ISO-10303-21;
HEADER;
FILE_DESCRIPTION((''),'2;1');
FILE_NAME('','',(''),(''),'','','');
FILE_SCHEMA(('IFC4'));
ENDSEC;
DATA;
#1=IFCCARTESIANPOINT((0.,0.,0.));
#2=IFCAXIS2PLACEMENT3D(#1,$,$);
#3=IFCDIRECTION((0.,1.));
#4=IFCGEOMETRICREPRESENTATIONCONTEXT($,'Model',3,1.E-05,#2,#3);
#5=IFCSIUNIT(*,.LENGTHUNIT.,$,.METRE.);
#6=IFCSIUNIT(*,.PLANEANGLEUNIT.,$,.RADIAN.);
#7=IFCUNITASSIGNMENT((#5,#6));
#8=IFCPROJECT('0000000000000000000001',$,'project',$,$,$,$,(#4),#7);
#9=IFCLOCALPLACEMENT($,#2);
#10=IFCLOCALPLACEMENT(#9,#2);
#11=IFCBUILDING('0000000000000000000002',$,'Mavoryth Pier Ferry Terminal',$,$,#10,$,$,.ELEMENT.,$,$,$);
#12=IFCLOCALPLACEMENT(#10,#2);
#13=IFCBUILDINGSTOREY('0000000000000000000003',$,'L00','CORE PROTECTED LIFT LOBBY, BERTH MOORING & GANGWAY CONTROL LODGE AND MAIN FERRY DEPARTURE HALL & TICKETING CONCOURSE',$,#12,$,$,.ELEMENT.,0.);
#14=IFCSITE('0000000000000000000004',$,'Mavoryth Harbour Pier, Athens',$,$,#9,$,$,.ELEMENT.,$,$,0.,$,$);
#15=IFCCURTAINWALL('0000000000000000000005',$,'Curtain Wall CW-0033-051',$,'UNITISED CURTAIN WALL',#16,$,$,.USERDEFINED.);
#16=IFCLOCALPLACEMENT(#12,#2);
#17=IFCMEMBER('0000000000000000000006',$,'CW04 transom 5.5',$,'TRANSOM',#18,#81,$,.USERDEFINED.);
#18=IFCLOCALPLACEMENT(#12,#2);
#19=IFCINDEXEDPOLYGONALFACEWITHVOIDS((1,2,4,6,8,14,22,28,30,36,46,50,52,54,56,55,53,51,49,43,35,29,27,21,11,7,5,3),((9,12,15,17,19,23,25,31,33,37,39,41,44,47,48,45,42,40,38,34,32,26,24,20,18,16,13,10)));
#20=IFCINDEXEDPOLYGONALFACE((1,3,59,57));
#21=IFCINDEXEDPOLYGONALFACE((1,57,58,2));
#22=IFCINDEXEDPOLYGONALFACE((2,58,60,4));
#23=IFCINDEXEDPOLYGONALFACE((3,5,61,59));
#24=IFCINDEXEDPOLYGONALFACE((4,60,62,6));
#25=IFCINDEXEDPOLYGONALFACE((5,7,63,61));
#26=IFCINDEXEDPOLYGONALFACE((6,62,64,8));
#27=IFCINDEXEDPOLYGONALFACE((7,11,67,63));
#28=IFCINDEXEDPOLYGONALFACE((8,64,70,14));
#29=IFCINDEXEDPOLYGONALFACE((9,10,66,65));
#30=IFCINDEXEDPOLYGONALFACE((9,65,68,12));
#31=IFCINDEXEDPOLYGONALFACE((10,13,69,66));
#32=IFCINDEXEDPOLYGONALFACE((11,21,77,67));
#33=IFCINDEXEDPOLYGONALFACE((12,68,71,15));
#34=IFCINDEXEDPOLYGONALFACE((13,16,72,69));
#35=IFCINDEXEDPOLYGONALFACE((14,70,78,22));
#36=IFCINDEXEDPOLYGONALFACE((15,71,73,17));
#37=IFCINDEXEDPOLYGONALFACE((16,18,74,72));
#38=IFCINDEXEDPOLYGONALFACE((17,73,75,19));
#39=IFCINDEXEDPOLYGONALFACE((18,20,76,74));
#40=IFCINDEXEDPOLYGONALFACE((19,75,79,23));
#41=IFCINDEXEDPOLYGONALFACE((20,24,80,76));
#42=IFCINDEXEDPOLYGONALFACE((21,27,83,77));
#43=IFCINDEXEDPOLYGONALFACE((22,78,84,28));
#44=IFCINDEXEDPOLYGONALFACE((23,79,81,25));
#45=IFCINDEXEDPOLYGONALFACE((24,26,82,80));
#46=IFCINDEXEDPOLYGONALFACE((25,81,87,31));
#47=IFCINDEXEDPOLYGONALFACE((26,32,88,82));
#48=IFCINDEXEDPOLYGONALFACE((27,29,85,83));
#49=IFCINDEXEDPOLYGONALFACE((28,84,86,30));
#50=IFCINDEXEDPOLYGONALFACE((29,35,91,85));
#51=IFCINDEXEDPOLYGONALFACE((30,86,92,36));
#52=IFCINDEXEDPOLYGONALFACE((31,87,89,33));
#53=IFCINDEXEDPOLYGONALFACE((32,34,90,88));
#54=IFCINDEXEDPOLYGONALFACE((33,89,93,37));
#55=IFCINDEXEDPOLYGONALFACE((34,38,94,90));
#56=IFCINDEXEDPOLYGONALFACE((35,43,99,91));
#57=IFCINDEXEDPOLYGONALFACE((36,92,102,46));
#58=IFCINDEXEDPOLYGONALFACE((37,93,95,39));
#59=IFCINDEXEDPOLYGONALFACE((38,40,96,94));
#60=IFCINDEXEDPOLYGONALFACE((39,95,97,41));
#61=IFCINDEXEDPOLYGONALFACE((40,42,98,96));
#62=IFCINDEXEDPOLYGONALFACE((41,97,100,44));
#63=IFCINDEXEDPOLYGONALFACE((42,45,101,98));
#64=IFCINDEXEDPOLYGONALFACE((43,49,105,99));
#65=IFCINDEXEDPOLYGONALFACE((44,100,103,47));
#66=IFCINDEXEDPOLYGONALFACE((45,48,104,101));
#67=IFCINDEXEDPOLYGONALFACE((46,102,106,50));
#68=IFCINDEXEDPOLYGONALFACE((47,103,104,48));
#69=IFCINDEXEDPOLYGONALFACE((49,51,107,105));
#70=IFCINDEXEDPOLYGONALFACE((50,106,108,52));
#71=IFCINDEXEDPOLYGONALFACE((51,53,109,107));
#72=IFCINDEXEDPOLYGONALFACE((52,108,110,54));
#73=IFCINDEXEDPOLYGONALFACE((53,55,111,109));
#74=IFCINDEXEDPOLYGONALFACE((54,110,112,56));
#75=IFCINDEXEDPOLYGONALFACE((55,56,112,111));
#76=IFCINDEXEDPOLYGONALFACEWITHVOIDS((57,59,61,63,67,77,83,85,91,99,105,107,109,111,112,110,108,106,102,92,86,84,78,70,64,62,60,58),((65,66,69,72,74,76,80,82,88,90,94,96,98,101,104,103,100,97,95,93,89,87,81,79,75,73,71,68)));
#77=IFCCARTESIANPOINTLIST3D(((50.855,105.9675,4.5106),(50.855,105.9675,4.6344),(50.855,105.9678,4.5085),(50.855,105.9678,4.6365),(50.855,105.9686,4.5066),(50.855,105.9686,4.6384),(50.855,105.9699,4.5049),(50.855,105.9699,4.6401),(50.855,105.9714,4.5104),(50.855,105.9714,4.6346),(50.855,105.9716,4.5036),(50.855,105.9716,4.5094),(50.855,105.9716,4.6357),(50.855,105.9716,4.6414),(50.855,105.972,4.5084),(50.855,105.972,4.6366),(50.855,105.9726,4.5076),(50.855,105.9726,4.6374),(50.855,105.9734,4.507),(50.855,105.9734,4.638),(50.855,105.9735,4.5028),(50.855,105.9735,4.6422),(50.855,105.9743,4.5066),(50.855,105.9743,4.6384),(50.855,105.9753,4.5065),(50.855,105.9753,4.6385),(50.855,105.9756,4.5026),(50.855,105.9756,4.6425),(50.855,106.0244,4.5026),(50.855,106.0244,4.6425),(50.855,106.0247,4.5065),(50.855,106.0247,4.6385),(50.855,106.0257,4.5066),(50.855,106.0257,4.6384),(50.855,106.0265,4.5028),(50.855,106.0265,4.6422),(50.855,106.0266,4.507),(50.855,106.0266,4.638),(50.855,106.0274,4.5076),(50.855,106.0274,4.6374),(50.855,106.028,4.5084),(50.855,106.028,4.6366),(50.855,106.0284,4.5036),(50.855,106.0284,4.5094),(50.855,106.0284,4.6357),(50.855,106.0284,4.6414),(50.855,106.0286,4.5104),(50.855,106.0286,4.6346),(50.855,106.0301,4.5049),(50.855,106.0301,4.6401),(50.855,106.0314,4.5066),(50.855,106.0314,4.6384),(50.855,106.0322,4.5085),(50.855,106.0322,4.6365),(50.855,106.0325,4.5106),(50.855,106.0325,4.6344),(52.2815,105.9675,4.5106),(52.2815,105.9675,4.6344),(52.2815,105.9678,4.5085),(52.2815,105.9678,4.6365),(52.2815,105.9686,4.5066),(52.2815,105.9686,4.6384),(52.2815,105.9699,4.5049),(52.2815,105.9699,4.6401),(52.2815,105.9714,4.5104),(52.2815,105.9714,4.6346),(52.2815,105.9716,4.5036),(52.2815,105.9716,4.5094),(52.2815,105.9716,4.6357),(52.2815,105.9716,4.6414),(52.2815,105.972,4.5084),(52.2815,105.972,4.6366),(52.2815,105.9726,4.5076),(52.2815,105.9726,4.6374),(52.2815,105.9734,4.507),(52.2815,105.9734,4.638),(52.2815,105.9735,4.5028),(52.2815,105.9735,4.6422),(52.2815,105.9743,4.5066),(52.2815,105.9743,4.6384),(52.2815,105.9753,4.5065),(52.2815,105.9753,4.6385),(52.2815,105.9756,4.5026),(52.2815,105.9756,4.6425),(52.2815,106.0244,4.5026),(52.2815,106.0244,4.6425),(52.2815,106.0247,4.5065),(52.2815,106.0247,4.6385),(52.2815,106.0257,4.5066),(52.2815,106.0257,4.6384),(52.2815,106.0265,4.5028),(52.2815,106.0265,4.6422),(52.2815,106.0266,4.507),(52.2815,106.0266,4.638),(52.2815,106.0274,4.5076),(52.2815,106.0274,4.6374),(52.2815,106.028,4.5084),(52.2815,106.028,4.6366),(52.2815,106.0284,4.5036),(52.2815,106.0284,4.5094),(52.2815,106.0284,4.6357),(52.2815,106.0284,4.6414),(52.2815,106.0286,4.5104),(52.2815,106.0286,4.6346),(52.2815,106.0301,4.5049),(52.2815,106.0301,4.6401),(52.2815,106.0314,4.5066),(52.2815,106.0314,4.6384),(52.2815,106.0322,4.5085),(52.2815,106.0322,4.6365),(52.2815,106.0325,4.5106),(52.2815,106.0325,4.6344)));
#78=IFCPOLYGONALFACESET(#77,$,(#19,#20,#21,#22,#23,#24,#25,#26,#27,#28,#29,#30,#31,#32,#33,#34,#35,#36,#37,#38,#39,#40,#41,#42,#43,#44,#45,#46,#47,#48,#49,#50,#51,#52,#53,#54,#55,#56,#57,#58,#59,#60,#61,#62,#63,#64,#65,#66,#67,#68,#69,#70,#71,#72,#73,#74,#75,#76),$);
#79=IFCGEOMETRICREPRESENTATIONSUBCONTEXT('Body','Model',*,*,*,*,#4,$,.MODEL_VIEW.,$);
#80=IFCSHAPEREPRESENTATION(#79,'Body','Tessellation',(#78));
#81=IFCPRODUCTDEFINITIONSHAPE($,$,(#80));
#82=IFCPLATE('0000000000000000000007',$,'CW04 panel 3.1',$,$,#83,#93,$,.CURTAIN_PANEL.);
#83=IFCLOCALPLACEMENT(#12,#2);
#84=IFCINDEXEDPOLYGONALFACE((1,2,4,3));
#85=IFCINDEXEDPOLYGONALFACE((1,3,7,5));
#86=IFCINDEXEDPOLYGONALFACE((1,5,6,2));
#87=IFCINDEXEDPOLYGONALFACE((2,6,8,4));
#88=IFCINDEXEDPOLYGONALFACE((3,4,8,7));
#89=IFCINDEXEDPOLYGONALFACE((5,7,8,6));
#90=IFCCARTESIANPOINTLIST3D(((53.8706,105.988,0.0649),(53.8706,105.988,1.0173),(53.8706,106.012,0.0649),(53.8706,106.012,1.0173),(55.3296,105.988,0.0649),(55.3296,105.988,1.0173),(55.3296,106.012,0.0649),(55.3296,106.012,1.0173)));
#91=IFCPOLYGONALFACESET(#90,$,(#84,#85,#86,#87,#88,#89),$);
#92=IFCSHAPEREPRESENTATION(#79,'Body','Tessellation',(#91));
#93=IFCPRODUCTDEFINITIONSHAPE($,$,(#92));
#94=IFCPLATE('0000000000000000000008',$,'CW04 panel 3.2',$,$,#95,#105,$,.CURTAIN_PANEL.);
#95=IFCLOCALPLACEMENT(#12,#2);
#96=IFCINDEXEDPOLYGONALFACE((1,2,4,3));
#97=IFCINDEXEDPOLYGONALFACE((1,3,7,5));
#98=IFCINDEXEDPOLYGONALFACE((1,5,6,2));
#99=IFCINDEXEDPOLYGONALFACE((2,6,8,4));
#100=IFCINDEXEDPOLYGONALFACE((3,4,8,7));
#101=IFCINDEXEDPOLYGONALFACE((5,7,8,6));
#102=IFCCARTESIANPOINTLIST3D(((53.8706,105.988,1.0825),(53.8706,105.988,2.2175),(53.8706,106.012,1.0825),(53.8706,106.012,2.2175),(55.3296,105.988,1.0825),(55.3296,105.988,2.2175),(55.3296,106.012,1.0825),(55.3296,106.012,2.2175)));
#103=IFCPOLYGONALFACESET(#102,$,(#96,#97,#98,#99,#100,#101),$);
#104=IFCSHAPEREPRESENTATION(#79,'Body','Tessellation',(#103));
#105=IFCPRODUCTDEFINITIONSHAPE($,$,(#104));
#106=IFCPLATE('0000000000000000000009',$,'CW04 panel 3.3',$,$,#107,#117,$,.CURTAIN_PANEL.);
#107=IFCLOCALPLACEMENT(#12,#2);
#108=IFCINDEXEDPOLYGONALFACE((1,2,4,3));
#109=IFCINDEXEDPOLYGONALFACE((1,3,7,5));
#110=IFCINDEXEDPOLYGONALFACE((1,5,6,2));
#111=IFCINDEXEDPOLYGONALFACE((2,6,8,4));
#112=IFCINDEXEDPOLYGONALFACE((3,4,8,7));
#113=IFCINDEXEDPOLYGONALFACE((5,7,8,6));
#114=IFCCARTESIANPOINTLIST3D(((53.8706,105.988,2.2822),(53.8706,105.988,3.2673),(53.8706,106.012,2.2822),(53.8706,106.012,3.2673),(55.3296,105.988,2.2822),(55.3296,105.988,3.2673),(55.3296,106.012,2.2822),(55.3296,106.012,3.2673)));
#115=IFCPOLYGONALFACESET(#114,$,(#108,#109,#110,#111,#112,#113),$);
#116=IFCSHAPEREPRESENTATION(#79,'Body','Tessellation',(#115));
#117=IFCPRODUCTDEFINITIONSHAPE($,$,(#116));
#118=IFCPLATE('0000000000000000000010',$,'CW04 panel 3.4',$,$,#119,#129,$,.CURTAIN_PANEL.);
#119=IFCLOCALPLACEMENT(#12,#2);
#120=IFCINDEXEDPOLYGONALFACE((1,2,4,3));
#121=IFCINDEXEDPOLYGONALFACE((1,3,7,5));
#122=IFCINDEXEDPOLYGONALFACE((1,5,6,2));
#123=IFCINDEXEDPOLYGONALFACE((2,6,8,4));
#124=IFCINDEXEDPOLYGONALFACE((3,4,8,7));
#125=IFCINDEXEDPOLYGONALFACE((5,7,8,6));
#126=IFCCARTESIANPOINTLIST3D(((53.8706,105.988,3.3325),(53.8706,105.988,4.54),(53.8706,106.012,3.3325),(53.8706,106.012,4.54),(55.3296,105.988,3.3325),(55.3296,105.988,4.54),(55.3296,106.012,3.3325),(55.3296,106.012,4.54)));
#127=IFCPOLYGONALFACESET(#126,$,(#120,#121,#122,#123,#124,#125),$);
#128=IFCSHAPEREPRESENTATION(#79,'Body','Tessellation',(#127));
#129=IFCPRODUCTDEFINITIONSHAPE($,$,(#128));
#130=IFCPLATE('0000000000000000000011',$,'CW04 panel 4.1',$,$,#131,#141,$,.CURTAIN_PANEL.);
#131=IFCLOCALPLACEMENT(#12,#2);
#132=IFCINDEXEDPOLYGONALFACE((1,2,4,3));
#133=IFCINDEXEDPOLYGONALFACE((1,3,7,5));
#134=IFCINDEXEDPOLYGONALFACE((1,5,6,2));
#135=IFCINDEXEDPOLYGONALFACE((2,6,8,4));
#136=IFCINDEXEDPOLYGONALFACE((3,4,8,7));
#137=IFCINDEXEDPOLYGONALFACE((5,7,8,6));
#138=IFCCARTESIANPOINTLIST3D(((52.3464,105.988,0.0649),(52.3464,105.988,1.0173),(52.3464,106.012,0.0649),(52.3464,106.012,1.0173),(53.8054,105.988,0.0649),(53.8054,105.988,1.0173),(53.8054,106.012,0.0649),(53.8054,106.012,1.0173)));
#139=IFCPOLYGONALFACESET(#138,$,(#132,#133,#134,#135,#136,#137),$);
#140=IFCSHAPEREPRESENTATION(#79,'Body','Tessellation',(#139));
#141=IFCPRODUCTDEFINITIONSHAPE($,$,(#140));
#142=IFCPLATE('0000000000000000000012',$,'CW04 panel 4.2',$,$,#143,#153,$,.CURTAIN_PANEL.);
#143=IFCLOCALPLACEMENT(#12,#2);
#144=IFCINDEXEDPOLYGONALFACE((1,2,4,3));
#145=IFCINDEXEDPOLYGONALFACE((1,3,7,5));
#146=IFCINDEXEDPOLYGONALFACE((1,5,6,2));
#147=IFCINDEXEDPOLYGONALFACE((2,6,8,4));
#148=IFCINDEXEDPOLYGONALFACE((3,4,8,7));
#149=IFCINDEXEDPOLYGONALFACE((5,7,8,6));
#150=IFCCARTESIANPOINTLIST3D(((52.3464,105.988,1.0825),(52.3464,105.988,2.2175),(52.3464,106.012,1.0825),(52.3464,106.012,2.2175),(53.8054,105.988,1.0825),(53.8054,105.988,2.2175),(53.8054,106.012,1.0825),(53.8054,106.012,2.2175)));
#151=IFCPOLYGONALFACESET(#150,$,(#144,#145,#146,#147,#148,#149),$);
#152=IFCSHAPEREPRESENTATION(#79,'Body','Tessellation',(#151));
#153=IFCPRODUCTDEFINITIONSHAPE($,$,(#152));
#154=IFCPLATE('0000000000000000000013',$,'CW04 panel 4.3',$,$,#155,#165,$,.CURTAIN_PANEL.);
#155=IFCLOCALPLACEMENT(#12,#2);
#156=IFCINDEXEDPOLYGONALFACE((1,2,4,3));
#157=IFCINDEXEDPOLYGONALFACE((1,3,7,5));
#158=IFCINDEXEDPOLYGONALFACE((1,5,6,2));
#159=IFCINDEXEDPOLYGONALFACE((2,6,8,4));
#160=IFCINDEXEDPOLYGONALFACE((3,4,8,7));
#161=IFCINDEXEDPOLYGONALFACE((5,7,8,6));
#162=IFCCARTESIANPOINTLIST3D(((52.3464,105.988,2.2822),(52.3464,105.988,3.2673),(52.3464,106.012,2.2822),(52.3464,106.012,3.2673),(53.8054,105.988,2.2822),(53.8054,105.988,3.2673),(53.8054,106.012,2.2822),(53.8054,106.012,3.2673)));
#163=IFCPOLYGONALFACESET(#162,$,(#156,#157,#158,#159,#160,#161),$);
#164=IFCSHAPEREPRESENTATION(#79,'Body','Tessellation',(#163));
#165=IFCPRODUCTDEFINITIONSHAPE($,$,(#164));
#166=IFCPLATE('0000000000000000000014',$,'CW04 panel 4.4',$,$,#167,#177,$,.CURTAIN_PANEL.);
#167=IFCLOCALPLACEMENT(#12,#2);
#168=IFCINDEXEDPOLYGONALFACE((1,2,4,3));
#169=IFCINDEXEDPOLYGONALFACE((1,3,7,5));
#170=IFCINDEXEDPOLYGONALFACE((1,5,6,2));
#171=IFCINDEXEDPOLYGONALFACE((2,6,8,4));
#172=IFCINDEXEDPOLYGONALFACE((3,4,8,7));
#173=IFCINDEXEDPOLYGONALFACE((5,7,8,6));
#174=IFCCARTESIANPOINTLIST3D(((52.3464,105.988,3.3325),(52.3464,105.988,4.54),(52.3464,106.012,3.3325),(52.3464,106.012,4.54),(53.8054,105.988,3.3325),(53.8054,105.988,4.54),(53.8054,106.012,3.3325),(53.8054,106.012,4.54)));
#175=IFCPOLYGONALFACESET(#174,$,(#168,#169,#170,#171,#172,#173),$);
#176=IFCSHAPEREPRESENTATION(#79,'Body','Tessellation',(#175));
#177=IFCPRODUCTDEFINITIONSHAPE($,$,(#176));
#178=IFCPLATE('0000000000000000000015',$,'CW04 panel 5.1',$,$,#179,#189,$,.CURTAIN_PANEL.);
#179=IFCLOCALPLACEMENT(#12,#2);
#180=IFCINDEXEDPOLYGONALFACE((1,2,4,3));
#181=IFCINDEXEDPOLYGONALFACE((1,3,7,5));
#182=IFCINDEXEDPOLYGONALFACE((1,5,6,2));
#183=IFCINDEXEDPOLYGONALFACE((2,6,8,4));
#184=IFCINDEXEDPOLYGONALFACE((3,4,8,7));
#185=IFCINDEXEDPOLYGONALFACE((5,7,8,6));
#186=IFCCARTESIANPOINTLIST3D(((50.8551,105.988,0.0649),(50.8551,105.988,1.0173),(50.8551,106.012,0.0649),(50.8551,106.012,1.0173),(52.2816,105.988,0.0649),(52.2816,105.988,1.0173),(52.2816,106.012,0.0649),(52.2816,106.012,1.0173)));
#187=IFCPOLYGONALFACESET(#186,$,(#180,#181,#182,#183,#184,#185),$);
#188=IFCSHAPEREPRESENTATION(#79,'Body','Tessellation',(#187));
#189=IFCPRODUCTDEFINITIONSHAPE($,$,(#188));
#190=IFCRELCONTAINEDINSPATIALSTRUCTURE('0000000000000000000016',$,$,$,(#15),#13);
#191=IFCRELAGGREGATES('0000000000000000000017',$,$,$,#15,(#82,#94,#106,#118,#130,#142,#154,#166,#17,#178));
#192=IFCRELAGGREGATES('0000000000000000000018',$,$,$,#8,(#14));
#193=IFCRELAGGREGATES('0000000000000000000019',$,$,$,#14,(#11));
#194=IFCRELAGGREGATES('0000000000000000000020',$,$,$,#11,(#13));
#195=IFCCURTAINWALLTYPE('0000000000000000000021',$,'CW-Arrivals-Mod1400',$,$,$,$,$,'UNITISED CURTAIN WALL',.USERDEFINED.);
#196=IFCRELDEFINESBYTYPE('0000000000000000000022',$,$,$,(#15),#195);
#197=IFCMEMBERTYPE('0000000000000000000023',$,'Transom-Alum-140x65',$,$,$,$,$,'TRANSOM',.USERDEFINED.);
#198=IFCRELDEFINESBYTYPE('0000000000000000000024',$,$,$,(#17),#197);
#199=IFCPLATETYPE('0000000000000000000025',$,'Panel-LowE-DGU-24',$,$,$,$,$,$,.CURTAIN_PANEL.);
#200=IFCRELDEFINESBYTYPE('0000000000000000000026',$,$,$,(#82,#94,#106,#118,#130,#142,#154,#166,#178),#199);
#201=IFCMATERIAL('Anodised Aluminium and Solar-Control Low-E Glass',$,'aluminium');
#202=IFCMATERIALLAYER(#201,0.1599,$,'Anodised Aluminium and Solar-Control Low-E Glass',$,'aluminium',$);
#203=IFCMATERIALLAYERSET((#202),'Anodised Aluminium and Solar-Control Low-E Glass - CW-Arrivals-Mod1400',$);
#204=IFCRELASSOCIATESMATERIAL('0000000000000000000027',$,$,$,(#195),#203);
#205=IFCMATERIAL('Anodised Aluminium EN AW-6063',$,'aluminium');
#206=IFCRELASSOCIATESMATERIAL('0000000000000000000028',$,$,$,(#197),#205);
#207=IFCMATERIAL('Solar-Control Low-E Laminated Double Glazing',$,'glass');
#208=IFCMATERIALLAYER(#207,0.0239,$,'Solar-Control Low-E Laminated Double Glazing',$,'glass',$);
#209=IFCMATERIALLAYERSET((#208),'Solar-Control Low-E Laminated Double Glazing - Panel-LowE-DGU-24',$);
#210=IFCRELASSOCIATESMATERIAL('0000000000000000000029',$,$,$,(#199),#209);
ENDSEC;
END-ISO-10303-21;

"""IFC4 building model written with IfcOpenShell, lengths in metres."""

from ifc_helpers import new_model, si_unit, direction, frame, origin, origin_2d, place, context, subcontext, project, spatial, rectangle, hollow_rectangle, extrude, material, layer, layer_set, material_profile, profile_set, type_object, element, aggregate, save


model = new_model("IFC4")

# Units and contexts
model_context = context("Model", 3, precision=1e-05, world=origin(), true_north=direction((0.0, 1.0)))
body_context = subcontext(model_context, "Body", "Model", "MODEL_VIEW")
ifc_project = project(units=[si_unit("LENGTHUNIT", "METRE"), si_unit("PLANEANGLEUNIT", "RADIAN")], contexts=[model_context])

# Site, building, storey
site_placement = place(None, origin())
site = spatial("IfcSite", under=ifc_project, at=site_placement, Name="Mavoryth Harbour Pier, Athens", CompositionType="ELEMENT", RefElevation=0.0)
building_placement = place(site_placement, origin())
building = spatial("IfcBuilding", under=site, at=building_placement, Name="Mavoryth Pier Ferry Terminal", CompositionType="ELEMENT")
storey_placement = place(building_placement, origin())
storey = spatial("IfcBuildingStorey", under=building, at=storey_placement, Name="L00", Description="CORE PROTECTED LIFT LOBBY, BERTH MOORING & GANGWAY CONTROL LODGE AND MAIN FERRY DEPARTURE HALL & TICKETING CONCOURSE", CompositionType="ELEMENT", Elevation=0.0)

# Curtain wall, member, plates
ifc_material_1 = material(Name="Anodised Aluminium and Solar-Control Low-E Glass", Category="aluminium")
ifc_layer_1 = layer(ifc_material_1, 0.1599, Name="Anodised Aluminium and Solar-Control Low-E Glass", Category="aluminium")
ifc_layer_set_1 = layer_set([ifc_layer_1], Name="Anodised Aluminium and Solar-Control Low-E Glass - CW-Arrivals-Mod1400")
curtain_wall_type = type_object("IfcCurtainWallType", Name="CW-Arrivals-Mod1400", ElementType="UNITISED CURTAIN WALL", PredefinedType="USERDEFINED", material=ifc_layer_set_1)
curtain_wall_placement = place(storey_placement, origin())
curtain_wall = element("IfcCurtainWall", 1, at=curtain_wall_placement, inside=storey, type_object=curtain_wall_type, Name="Curtain Wall CW-0033-051", ObjectType="UNITISED CURTAIN WALL", PredefinedType="USERDEFINED")
ifc_material_2 = material(Name="Anodised Aluminium EN AW-6063", Category="aluminium")
ifc_material_profile_1 = material_profile(ifc_material_2, hollow_rectangle(XDim=0.0649, YDim=0.1399, WallThickness=0.0039, InnerFilletRadius=0.0039, OuterFilletRadius=0.0081, at=origin_2d()), Name="AL-TRAN 140x65x4", Category="aluminium")
ifc_profile_set_1 = profile_set([ifc_material_profile_1], Name="Anodised Aluminium EN AW-6063 - AL-TRAN 140x65x4")
member_type_1 = type_object("IfcMemberType", Name="Transom-Alum-140x65", ElementType="TRANSOM", PredefinedType="USERDEFINED", material=ifc_profile_set_1)
member_1_placement = place(storey_placement, frame((52.2815, 106.0, 4.5725), z_axis=(-1.0, 0.0, 0.0), x_axis=(0.0, -1.0, 0.0)))
member_1 = element("IfcMember", 2, at=member_1_placement, type_object=member_type_1, Name="CW04 transom 5.5", ObjectType="TRANSOM", PredefinedType="USERDEFINED", context=body_context, shape_type="SweptSolid", body=[
    extrude(hollow_rectangle(XDim=0.0649, YDim=0.1399, WallThickness=0.0039, InnerFilletRadius=0.0039, OuterFilletRadius=0.0081, at=origin_2d()), origin(), (0.0, 0.0, 1.0), 1.4265),
])
ifc_material_3 = material(Name="Solar-Control Low-E Laminated Double Glazing", Category="glass")
ifc_layer_2 = layer(ifc_material_3, 0.0239, Name="Solar-Control Low-E Laminated Double Glazing", Category="glass")
ifc_layer_set_2 = layer_set([ifc_layer_2], Name="Solar-Control Low-E Laminated Double Glazing - Panel-LowE-DGU-24")
plate_type = type_object("IfcPlateType", Name="Panel-LowE-DGU-24", PredefinedType="CURTAIN_PANEL", material=ifc_layer_set_2)
plate_1_placement = place(storey_placement, frame((54.6001, 106.0, 0.0649), z_axis=(0.0, 0.0, 1.0), x_axis=(-1.0, 0.0, 0.0)))
plate_1 = element("IfcPlate", 3, at=plate_1_placement, type_object=plate_type, Name="CW04 panel 3.1", PredefinedType="CURTAIN_PANEL", context=body_context, shape_type="SweptSolid", body=[
    extrude(rectangle(XDim=1.459, YDim=0.0239, at=origin_2d()), origin(), (0.0, 0.0, 1.0), 0.9524),
])
plate_2_placement = place(storey_placement, frame((54.6001, 106.0, 1.0825), z_axis=(0.0, 0.0, 1.0), x_axis=(-1.0, 0.0, 0.0)))
plate_2 = element("IfcPlate", 4, at=plate_2_placement, type_object=plate_type, Name="CW04 panel 3.2", PredefinedType="CURTAIN_PANEL", context=body_context, shape_type="SweptSolid", body=[
    extrude(rectangle(XDim=1.459, YDim=0.0239, at=origin_2d()), origin(), (0.0, 0.0, 1.0), 1.135),
])
plate_3_placement = place(storey_placement, frame((54.6001, 106.0, 2.2822), z_axis=(0.0, 0.0, 1.0), x_axis=(-1.0, 0.0, 0.0)))
plate_3 = element("IfcPlate", 5, at=plate_3_placement, type_object=plate_type, Name="CW04 panel 3.3", PredefinedType="CURTAIN_PANEL", context=body_context, shape_type="SweptSolid", body=[
    extrude(rectangle(XDim=1.459, YDim=0.0239, at=origin_2d()), origin(), (0.0, 0.0, 1.0), 0.9851),
])
plate_4_placement = place(storey_placement, frame((54.6001, 106.0, 3.3325), z_axis=(0.0, 0.0, 1.0), x_axis=(-1.0, 0.0, 0.0)))
plate_4 = element("IfcPlate", 6, at=plate_4_placement, type_object=plate_type, Name="CW04 panel 3.4", PredefinedType="CURTAIN_PANEL", context=body_context, shape_type="SweptSolid", body=[
    extrude(rectangle(XDim=1.459, YDim=0.0239, at=origin_2d()), origin(), (0.0, 0.0, 1.0), 1.2075),
])
plate_5_placement = place(storey_placement, frame((53.0759, 106.0, 0.0649), z_axis=(0.0, 0.0, 1.0), x_axis=(-1.0, 0.0, 0.0)))
plate_5 = element("IfcPlate", 7, at=plate_5_placement, type_object=plate_type, Name="CW04 panel 4.1", PredefinedType="CURTAIN_PANEL", context=body_context, shape_type="SweptSolid", body=[
    extrude(rectangle(XDim=1.459, YDim=0.0239, at=origin_2d()), origin(), (0.0, 0.0, 1.0), 0.9524),
])
plate_6_placement = place(storey_placement, frame((53.0759, 106.0, 1.0825), z_axis=(0.0, 0.0, 1.0), x_axis=(-1.0, 0.0, 0.0)))
plate_6 = element("IfcPlate", 8, at=plate_6_placement, type_object=plate_type, Name="CW04 panel 4.2", PredefinedType="CURTAIN_PANEL", context=body_context, shape_type="SweptSolid", body=[
    extrude(rectangle(XDim=1.459, YDim=0.0239, at=origin_2d()), origin(), (0.0, 0.0, 1.0), 1.135),
])
plate_7_placement = place(storey_placement, frame((53.0759, 106.0, 2.2822), z_axis=(0.0, 0.0, 1.0), x_axis=(-1.0, 0.0, 0.0)))
plate_7 = element("IfcPlate", 9, at=plate_7_placement, type_object=plate_type, Name="CW04 panel 4.3", PredefinedType="CURTAIN_PANEL", context=body_context, shape_type="SweptSolid", body=[
    extrude(rectangle(XDim=1.459, YDim=0.0239, at=origin_2d()), origin(), (0.0, 0.0, 1.0), 0.9851),
])
plate_8_placement = place(storey_placement, frame((53.0759, 106.0, 3.3325), z_axis=(0.0, 0.0, 1.0), x_axis=(-1.0, 0.0, 0.0)))
plate_8 = element("IfcPlate", 10, at=plate_8_placement, type_object=plate_type, Name="CW04 panel 4.4", PredefinedType="CURTAIN_PANEL", context=body_context, shape_type="SweptSolid", body=[
    extrude(rectangle(XDim=1.459, YDim=0.0239, at=origin_2d()), origin(), (0.0, 0.0, 1.0), 1.2075),
])
plate_9_placement = place(storey_placement, frame((51.5684, 106.0, 0.0649), z_axis=(0.0, 0.0, 1.0), x_axis=(-1.0, 0.0, 0.0)))
plate_9 = element("IfcPlate", 11, at=plate_9_placement, type_object=plate_type, Name="CW04 panel 5.1", PredefinedType="CURTAIN_PANEL", context=body_context, shape_type="SweptSolid", body=[
    extrude(rectangle(XDim=1.4265, YDim=0.0239, at=origin_2d()), origin(), (0.0, 0.0, 1.0), 0.9524),
])
aggregate(curtain_wall, [plate_1, plate_2, plate_3, plate_4, plate_5, plate_6, plate_7, plate_8, member_1, plate_9])

save(model, "model.ifc")
